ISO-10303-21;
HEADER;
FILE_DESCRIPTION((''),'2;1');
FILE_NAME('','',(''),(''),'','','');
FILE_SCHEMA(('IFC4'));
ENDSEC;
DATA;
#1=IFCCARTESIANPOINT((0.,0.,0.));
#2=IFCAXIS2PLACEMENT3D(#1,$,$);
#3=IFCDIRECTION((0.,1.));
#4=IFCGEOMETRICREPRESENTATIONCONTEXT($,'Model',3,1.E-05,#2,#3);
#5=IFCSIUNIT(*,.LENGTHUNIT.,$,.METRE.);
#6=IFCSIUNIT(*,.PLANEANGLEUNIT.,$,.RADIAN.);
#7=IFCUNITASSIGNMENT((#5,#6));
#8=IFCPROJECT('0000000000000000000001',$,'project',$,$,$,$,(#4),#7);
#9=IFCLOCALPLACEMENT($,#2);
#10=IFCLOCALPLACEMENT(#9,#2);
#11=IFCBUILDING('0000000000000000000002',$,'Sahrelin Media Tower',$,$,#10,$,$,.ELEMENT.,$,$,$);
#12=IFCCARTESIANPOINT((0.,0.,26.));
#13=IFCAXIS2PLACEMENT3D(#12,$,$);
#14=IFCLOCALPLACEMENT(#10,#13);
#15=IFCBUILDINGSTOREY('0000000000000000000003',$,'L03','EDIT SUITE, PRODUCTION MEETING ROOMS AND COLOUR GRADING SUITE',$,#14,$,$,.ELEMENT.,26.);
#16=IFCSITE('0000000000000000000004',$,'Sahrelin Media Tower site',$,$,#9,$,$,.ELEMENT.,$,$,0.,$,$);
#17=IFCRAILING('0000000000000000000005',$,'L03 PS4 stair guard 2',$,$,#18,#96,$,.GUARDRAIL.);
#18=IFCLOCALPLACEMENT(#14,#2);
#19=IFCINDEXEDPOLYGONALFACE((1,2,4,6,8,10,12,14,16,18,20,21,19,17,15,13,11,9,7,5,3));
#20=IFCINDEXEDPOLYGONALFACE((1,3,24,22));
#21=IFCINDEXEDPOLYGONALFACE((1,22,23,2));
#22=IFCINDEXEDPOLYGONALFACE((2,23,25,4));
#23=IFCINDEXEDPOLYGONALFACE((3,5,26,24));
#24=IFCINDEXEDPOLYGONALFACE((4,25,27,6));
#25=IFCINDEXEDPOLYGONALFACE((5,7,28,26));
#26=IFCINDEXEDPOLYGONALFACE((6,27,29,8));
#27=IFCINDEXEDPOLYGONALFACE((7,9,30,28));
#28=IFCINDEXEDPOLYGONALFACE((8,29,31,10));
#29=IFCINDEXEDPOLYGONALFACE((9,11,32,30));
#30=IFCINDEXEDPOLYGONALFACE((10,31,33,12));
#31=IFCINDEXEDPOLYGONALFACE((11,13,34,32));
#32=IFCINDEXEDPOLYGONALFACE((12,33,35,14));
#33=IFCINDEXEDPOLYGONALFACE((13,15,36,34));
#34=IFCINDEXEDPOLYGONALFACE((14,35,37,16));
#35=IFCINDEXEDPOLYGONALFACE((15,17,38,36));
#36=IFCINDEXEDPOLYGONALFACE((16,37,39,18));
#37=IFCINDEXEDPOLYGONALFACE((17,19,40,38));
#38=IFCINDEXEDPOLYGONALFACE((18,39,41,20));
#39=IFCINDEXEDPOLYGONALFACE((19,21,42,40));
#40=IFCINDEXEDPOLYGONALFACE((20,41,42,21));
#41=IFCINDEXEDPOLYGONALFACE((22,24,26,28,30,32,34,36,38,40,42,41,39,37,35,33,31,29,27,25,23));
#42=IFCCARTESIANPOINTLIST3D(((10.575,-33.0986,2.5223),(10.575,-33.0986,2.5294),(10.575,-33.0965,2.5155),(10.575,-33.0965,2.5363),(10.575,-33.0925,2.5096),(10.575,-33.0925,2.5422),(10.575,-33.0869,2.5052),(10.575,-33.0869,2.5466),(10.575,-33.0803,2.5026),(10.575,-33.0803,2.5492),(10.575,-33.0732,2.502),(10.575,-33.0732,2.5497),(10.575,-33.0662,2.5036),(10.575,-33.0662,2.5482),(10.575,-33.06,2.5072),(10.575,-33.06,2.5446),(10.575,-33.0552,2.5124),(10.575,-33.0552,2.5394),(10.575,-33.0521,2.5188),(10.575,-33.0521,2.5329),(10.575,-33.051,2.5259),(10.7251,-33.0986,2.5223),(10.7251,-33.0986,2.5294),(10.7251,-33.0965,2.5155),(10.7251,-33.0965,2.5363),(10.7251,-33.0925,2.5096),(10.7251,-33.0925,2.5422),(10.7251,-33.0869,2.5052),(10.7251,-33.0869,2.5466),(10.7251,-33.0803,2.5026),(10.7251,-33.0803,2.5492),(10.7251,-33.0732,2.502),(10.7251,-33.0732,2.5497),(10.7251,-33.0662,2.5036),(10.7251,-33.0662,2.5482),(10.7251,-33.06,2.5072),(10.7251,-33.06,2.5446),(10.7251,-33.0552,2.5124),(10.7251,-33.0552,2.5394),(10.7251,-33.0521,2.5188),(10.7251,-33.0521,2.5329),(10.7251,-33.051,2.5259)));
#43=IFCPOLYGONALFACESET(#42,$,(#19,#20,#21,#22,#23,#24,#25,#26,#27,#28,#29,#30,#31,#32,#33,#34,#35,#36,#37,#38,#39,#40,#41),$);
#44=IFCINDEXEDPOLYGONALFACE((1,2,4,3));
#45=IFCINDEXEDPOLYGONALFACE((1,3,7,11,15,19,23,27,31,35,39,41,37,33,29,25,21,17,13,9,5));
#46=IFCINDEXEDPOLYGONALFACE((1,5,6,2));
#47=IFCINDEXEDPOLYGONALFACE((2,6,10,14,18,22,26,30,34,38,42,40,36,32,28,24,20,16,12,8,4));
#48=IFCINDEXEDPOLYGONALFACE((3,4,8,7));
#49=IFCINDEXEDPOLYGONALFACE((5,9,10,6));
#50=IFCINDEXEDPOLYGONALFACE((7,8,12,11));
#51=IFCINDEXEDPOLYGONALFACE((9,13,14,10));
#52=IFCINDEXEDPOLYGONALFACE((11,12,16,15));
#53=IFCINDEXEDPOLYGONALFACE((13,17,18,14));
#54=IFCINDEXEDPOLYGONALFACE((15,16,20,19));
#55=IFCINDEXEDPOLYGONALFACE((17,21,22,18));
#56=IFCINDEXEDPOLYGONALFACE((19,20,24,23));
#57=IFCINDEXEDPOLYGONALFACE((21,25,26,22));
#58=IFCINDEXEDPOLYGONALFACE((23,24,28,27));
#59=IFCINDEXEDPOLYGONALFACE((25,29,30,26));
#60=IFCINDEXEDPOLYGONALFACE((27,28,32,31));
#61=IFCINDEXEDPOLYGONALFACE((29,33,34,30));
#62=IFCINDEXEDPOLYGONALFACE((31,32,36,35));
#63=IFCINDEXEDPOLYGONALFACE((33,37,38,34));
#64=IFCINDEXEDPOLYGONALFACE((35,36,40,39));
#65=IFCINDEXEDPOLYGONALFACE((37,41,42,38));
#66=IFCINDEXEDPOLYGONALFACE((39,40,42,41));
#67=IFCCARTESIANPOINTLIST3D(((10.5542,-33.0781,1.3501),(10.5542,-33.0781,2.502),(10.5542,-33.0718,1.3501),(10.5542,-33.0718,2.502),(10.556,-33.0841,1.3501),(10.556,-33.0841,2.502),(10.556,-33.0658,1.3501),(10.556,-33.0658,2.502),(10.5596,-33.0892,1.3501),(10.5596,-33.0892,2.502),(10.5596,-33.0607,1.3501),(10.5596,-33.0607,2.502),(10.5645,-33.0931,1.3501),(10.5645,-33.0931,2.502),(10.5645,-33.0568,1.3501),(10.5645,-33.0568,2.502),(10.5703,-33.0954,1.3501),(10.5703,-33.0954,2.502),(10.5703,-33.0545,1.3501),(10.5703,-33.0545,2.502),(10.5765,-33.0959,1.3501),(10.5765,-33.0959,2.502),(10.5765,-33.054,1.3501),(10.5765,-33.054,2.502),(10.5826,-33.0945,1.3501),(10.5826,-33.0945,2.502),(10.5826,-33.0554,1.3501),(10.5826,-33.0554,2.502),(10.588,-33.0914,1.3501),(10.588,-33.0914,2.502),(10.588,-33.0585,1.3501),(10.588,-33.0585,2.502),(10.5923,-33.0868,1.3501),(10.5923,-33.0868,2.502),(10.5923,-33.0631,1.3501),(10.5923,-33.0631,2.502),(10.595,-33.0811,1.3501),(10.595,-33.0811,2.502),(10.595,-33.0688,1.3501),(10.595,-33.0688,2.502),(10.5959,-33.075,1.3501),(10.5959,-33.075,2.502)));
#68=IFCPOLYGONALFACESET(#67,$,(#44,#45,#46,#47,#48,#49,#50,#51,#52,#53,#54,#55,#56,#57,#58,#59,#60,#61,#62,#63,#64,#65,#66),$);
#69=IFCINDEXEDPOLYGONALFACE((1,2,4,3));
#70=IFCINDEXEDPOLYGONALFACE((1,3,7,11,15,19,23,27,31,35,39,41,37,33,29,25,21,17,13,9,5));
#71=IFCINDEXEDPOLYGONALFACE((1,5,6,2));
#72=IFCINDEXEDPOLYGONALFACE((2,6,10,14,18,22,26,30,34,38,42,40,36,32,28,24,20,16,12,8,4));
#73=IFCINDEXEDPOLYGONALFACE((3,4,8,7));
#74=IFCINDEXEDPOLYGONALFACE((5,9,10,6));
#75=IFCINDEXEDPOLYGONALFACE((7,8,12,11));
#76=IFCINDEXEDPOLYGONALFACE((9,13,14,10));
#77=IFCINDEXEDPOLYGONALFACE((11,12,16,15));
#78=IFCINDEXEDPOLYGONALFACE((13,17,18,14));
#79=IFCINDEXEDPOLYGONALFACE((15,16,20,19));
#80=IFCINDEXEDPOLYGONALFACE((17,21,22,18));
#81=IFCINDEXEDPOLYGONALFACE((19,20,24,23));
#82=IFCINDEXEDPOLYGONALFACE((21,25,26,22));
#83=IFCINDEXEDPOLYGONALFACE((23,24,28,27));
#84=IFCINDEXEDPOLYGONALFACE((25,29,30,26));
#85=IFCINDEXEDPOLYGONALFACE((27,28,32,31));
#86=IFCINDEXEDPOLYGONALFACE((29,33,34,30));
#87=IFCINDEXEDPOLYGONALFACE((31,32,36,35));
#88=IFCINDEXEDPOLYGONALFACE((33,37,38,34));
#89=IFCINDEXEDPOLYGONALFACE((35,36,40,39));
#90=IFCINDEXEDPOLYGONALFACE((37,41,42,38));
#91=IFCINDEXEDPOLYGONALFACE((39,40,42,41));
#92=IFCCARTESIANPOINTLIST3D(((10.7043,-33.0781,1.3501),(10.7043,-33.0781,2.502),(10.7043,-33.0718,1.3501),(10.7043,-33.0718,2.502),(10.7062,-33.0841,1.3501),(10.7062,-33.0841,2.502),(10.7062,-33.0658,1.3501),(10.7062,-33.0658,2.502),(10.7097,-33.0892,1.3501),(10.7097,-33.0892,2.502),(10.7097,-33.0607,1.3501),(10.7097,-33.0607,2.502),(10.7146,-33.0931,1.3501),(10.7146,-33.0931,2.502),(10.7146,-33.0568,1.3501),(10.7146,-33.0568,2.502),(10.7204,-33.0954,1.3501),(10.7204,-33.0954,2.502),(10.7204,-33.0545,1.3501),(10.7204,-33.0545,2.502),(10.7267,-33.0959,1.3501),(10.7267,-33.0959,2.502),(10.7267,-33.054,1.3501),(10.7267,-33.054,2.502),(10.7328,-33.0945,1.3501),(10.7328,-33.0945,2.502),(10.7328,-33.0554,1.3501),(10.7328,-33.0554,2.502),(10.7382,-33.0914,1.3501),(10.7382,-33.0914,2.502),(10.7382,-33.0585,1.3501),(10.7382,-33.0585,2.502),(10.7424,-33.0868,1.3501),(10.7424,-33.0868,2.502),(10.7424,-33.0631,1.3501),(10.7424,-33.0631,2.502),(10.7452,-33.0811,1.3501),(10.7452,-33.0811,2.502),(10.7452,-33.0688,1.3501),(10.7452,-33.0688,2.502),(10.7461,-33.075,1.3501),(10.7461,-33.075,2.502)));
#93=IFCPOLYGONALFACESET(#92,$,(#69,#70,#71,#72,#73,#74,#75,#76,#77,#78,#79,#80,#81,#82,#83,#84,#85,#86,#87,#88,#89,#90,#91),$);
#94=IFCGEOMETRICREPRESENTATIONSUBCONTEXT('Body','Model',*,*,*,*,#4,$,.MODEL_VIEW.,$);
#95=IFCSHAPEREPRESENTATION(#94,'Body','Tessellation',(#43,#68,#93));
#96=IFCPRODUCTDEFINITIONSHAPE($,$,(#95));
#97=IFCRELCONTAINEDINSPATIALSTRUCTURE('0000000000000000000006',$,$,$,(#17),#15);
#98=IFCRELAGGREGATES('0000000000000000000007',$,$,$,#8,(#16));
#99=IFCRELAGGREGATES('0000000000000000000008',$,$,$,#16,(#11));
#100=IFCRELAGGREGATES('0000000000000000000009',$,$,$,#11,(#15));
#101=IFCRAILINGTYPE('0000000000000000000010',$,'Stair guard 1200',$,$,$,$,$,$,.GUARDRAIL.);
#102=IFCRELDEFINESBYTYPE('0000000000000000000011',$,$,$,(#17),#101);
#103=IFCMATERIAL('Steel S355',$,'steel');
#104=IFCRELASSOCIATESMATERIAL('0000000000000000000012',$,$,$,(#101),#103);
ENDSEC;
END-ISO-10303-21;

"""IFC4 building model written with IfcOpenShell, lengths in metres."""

from ifc_helpers import new_model, si_unit, direction, frame, origin, origin_2d, place, context, subcontext, project, spatial, circle, extrude, material, type_object, element, save


model = new_model("IFC4")

# Units and contexts
model_context = context("Model", 3, precision=1e-05, world=origin(), true_north=direction((0.0, 1.0)))
body_context = subcontext(model_context, "Body", "Model", "MODEL_VIEW")
ifc_project = project(units=[si_unit("LENGTHUNIT", "METRE"), si_unit("PLANEANGLEUNIT", "RADIAN")], contexts=[model_context])

# Site, building, storey
site_placement = place(None, origin())
site = spatial("IfcSite", under=ifc_project, at=site_placement, Name="Sahrelin Media Tower site", CompositionType="ELEMENT", RefElevation=0.0)
building_placement = place(site_placement, origin())
building = spatial("IfcBuilding", under=site, at=building_placement, Name="Sahrelin Media Tower", CompositionType="ELEMENT")
storey_placement = place(building_placement, frame((0.0, 0.0, 26.0)))
storey = spatial("IfcBuildingStorey", under=building, at=storey_placement, Name="L03", Description="EDIT SUITE, PRODUCTION MEETING ROOMS AND COLOUR GRADING SUITE", CompositionType="ELEMENT", Elevation=26.0)

# Shared definitions
ifc_material_1 = material(Name="Steel S355", Category="steel")

# Railing
railing_type_1 = type_object("IfcRailingType", Name="Stair guard 1200", PredefinedType="GUARDRAIL", material=ifc_material_1)
railing_1_placement = place(storey_placement, frame((10.575, -33.075, 1.3501)))
element("IfcRailing", 1, at=railing_1_placement, inside=storey, type_object=railing_type_1, Name="L03 PS4 stair guard 2", PredefinedType="GUARDRAIL", context=body_context, shape_type="SweptSolid", body=[
    extrude(circle(Radius=0.0239, at=origin_2d()), frame((0.0, 0.0, 1.1758), z_axis=(1.0, 0.0, 0.0), x_axis=(0.0, 1.0, 0.0)), (0.0, 0.0, 1.0), 0.1501),
    extrude(circle(Radius=0.021, at=origin_2d()), origin(), (0.0, 0.0, 1.0), 1.1519),
    extrude(circle(Radius=0.021, at=origin_2d()), frame((0.1501, 0.0, 0.0)), (0.0, 0.0, 1.0), 1.1519),
])

save(model, "model.ifc")
